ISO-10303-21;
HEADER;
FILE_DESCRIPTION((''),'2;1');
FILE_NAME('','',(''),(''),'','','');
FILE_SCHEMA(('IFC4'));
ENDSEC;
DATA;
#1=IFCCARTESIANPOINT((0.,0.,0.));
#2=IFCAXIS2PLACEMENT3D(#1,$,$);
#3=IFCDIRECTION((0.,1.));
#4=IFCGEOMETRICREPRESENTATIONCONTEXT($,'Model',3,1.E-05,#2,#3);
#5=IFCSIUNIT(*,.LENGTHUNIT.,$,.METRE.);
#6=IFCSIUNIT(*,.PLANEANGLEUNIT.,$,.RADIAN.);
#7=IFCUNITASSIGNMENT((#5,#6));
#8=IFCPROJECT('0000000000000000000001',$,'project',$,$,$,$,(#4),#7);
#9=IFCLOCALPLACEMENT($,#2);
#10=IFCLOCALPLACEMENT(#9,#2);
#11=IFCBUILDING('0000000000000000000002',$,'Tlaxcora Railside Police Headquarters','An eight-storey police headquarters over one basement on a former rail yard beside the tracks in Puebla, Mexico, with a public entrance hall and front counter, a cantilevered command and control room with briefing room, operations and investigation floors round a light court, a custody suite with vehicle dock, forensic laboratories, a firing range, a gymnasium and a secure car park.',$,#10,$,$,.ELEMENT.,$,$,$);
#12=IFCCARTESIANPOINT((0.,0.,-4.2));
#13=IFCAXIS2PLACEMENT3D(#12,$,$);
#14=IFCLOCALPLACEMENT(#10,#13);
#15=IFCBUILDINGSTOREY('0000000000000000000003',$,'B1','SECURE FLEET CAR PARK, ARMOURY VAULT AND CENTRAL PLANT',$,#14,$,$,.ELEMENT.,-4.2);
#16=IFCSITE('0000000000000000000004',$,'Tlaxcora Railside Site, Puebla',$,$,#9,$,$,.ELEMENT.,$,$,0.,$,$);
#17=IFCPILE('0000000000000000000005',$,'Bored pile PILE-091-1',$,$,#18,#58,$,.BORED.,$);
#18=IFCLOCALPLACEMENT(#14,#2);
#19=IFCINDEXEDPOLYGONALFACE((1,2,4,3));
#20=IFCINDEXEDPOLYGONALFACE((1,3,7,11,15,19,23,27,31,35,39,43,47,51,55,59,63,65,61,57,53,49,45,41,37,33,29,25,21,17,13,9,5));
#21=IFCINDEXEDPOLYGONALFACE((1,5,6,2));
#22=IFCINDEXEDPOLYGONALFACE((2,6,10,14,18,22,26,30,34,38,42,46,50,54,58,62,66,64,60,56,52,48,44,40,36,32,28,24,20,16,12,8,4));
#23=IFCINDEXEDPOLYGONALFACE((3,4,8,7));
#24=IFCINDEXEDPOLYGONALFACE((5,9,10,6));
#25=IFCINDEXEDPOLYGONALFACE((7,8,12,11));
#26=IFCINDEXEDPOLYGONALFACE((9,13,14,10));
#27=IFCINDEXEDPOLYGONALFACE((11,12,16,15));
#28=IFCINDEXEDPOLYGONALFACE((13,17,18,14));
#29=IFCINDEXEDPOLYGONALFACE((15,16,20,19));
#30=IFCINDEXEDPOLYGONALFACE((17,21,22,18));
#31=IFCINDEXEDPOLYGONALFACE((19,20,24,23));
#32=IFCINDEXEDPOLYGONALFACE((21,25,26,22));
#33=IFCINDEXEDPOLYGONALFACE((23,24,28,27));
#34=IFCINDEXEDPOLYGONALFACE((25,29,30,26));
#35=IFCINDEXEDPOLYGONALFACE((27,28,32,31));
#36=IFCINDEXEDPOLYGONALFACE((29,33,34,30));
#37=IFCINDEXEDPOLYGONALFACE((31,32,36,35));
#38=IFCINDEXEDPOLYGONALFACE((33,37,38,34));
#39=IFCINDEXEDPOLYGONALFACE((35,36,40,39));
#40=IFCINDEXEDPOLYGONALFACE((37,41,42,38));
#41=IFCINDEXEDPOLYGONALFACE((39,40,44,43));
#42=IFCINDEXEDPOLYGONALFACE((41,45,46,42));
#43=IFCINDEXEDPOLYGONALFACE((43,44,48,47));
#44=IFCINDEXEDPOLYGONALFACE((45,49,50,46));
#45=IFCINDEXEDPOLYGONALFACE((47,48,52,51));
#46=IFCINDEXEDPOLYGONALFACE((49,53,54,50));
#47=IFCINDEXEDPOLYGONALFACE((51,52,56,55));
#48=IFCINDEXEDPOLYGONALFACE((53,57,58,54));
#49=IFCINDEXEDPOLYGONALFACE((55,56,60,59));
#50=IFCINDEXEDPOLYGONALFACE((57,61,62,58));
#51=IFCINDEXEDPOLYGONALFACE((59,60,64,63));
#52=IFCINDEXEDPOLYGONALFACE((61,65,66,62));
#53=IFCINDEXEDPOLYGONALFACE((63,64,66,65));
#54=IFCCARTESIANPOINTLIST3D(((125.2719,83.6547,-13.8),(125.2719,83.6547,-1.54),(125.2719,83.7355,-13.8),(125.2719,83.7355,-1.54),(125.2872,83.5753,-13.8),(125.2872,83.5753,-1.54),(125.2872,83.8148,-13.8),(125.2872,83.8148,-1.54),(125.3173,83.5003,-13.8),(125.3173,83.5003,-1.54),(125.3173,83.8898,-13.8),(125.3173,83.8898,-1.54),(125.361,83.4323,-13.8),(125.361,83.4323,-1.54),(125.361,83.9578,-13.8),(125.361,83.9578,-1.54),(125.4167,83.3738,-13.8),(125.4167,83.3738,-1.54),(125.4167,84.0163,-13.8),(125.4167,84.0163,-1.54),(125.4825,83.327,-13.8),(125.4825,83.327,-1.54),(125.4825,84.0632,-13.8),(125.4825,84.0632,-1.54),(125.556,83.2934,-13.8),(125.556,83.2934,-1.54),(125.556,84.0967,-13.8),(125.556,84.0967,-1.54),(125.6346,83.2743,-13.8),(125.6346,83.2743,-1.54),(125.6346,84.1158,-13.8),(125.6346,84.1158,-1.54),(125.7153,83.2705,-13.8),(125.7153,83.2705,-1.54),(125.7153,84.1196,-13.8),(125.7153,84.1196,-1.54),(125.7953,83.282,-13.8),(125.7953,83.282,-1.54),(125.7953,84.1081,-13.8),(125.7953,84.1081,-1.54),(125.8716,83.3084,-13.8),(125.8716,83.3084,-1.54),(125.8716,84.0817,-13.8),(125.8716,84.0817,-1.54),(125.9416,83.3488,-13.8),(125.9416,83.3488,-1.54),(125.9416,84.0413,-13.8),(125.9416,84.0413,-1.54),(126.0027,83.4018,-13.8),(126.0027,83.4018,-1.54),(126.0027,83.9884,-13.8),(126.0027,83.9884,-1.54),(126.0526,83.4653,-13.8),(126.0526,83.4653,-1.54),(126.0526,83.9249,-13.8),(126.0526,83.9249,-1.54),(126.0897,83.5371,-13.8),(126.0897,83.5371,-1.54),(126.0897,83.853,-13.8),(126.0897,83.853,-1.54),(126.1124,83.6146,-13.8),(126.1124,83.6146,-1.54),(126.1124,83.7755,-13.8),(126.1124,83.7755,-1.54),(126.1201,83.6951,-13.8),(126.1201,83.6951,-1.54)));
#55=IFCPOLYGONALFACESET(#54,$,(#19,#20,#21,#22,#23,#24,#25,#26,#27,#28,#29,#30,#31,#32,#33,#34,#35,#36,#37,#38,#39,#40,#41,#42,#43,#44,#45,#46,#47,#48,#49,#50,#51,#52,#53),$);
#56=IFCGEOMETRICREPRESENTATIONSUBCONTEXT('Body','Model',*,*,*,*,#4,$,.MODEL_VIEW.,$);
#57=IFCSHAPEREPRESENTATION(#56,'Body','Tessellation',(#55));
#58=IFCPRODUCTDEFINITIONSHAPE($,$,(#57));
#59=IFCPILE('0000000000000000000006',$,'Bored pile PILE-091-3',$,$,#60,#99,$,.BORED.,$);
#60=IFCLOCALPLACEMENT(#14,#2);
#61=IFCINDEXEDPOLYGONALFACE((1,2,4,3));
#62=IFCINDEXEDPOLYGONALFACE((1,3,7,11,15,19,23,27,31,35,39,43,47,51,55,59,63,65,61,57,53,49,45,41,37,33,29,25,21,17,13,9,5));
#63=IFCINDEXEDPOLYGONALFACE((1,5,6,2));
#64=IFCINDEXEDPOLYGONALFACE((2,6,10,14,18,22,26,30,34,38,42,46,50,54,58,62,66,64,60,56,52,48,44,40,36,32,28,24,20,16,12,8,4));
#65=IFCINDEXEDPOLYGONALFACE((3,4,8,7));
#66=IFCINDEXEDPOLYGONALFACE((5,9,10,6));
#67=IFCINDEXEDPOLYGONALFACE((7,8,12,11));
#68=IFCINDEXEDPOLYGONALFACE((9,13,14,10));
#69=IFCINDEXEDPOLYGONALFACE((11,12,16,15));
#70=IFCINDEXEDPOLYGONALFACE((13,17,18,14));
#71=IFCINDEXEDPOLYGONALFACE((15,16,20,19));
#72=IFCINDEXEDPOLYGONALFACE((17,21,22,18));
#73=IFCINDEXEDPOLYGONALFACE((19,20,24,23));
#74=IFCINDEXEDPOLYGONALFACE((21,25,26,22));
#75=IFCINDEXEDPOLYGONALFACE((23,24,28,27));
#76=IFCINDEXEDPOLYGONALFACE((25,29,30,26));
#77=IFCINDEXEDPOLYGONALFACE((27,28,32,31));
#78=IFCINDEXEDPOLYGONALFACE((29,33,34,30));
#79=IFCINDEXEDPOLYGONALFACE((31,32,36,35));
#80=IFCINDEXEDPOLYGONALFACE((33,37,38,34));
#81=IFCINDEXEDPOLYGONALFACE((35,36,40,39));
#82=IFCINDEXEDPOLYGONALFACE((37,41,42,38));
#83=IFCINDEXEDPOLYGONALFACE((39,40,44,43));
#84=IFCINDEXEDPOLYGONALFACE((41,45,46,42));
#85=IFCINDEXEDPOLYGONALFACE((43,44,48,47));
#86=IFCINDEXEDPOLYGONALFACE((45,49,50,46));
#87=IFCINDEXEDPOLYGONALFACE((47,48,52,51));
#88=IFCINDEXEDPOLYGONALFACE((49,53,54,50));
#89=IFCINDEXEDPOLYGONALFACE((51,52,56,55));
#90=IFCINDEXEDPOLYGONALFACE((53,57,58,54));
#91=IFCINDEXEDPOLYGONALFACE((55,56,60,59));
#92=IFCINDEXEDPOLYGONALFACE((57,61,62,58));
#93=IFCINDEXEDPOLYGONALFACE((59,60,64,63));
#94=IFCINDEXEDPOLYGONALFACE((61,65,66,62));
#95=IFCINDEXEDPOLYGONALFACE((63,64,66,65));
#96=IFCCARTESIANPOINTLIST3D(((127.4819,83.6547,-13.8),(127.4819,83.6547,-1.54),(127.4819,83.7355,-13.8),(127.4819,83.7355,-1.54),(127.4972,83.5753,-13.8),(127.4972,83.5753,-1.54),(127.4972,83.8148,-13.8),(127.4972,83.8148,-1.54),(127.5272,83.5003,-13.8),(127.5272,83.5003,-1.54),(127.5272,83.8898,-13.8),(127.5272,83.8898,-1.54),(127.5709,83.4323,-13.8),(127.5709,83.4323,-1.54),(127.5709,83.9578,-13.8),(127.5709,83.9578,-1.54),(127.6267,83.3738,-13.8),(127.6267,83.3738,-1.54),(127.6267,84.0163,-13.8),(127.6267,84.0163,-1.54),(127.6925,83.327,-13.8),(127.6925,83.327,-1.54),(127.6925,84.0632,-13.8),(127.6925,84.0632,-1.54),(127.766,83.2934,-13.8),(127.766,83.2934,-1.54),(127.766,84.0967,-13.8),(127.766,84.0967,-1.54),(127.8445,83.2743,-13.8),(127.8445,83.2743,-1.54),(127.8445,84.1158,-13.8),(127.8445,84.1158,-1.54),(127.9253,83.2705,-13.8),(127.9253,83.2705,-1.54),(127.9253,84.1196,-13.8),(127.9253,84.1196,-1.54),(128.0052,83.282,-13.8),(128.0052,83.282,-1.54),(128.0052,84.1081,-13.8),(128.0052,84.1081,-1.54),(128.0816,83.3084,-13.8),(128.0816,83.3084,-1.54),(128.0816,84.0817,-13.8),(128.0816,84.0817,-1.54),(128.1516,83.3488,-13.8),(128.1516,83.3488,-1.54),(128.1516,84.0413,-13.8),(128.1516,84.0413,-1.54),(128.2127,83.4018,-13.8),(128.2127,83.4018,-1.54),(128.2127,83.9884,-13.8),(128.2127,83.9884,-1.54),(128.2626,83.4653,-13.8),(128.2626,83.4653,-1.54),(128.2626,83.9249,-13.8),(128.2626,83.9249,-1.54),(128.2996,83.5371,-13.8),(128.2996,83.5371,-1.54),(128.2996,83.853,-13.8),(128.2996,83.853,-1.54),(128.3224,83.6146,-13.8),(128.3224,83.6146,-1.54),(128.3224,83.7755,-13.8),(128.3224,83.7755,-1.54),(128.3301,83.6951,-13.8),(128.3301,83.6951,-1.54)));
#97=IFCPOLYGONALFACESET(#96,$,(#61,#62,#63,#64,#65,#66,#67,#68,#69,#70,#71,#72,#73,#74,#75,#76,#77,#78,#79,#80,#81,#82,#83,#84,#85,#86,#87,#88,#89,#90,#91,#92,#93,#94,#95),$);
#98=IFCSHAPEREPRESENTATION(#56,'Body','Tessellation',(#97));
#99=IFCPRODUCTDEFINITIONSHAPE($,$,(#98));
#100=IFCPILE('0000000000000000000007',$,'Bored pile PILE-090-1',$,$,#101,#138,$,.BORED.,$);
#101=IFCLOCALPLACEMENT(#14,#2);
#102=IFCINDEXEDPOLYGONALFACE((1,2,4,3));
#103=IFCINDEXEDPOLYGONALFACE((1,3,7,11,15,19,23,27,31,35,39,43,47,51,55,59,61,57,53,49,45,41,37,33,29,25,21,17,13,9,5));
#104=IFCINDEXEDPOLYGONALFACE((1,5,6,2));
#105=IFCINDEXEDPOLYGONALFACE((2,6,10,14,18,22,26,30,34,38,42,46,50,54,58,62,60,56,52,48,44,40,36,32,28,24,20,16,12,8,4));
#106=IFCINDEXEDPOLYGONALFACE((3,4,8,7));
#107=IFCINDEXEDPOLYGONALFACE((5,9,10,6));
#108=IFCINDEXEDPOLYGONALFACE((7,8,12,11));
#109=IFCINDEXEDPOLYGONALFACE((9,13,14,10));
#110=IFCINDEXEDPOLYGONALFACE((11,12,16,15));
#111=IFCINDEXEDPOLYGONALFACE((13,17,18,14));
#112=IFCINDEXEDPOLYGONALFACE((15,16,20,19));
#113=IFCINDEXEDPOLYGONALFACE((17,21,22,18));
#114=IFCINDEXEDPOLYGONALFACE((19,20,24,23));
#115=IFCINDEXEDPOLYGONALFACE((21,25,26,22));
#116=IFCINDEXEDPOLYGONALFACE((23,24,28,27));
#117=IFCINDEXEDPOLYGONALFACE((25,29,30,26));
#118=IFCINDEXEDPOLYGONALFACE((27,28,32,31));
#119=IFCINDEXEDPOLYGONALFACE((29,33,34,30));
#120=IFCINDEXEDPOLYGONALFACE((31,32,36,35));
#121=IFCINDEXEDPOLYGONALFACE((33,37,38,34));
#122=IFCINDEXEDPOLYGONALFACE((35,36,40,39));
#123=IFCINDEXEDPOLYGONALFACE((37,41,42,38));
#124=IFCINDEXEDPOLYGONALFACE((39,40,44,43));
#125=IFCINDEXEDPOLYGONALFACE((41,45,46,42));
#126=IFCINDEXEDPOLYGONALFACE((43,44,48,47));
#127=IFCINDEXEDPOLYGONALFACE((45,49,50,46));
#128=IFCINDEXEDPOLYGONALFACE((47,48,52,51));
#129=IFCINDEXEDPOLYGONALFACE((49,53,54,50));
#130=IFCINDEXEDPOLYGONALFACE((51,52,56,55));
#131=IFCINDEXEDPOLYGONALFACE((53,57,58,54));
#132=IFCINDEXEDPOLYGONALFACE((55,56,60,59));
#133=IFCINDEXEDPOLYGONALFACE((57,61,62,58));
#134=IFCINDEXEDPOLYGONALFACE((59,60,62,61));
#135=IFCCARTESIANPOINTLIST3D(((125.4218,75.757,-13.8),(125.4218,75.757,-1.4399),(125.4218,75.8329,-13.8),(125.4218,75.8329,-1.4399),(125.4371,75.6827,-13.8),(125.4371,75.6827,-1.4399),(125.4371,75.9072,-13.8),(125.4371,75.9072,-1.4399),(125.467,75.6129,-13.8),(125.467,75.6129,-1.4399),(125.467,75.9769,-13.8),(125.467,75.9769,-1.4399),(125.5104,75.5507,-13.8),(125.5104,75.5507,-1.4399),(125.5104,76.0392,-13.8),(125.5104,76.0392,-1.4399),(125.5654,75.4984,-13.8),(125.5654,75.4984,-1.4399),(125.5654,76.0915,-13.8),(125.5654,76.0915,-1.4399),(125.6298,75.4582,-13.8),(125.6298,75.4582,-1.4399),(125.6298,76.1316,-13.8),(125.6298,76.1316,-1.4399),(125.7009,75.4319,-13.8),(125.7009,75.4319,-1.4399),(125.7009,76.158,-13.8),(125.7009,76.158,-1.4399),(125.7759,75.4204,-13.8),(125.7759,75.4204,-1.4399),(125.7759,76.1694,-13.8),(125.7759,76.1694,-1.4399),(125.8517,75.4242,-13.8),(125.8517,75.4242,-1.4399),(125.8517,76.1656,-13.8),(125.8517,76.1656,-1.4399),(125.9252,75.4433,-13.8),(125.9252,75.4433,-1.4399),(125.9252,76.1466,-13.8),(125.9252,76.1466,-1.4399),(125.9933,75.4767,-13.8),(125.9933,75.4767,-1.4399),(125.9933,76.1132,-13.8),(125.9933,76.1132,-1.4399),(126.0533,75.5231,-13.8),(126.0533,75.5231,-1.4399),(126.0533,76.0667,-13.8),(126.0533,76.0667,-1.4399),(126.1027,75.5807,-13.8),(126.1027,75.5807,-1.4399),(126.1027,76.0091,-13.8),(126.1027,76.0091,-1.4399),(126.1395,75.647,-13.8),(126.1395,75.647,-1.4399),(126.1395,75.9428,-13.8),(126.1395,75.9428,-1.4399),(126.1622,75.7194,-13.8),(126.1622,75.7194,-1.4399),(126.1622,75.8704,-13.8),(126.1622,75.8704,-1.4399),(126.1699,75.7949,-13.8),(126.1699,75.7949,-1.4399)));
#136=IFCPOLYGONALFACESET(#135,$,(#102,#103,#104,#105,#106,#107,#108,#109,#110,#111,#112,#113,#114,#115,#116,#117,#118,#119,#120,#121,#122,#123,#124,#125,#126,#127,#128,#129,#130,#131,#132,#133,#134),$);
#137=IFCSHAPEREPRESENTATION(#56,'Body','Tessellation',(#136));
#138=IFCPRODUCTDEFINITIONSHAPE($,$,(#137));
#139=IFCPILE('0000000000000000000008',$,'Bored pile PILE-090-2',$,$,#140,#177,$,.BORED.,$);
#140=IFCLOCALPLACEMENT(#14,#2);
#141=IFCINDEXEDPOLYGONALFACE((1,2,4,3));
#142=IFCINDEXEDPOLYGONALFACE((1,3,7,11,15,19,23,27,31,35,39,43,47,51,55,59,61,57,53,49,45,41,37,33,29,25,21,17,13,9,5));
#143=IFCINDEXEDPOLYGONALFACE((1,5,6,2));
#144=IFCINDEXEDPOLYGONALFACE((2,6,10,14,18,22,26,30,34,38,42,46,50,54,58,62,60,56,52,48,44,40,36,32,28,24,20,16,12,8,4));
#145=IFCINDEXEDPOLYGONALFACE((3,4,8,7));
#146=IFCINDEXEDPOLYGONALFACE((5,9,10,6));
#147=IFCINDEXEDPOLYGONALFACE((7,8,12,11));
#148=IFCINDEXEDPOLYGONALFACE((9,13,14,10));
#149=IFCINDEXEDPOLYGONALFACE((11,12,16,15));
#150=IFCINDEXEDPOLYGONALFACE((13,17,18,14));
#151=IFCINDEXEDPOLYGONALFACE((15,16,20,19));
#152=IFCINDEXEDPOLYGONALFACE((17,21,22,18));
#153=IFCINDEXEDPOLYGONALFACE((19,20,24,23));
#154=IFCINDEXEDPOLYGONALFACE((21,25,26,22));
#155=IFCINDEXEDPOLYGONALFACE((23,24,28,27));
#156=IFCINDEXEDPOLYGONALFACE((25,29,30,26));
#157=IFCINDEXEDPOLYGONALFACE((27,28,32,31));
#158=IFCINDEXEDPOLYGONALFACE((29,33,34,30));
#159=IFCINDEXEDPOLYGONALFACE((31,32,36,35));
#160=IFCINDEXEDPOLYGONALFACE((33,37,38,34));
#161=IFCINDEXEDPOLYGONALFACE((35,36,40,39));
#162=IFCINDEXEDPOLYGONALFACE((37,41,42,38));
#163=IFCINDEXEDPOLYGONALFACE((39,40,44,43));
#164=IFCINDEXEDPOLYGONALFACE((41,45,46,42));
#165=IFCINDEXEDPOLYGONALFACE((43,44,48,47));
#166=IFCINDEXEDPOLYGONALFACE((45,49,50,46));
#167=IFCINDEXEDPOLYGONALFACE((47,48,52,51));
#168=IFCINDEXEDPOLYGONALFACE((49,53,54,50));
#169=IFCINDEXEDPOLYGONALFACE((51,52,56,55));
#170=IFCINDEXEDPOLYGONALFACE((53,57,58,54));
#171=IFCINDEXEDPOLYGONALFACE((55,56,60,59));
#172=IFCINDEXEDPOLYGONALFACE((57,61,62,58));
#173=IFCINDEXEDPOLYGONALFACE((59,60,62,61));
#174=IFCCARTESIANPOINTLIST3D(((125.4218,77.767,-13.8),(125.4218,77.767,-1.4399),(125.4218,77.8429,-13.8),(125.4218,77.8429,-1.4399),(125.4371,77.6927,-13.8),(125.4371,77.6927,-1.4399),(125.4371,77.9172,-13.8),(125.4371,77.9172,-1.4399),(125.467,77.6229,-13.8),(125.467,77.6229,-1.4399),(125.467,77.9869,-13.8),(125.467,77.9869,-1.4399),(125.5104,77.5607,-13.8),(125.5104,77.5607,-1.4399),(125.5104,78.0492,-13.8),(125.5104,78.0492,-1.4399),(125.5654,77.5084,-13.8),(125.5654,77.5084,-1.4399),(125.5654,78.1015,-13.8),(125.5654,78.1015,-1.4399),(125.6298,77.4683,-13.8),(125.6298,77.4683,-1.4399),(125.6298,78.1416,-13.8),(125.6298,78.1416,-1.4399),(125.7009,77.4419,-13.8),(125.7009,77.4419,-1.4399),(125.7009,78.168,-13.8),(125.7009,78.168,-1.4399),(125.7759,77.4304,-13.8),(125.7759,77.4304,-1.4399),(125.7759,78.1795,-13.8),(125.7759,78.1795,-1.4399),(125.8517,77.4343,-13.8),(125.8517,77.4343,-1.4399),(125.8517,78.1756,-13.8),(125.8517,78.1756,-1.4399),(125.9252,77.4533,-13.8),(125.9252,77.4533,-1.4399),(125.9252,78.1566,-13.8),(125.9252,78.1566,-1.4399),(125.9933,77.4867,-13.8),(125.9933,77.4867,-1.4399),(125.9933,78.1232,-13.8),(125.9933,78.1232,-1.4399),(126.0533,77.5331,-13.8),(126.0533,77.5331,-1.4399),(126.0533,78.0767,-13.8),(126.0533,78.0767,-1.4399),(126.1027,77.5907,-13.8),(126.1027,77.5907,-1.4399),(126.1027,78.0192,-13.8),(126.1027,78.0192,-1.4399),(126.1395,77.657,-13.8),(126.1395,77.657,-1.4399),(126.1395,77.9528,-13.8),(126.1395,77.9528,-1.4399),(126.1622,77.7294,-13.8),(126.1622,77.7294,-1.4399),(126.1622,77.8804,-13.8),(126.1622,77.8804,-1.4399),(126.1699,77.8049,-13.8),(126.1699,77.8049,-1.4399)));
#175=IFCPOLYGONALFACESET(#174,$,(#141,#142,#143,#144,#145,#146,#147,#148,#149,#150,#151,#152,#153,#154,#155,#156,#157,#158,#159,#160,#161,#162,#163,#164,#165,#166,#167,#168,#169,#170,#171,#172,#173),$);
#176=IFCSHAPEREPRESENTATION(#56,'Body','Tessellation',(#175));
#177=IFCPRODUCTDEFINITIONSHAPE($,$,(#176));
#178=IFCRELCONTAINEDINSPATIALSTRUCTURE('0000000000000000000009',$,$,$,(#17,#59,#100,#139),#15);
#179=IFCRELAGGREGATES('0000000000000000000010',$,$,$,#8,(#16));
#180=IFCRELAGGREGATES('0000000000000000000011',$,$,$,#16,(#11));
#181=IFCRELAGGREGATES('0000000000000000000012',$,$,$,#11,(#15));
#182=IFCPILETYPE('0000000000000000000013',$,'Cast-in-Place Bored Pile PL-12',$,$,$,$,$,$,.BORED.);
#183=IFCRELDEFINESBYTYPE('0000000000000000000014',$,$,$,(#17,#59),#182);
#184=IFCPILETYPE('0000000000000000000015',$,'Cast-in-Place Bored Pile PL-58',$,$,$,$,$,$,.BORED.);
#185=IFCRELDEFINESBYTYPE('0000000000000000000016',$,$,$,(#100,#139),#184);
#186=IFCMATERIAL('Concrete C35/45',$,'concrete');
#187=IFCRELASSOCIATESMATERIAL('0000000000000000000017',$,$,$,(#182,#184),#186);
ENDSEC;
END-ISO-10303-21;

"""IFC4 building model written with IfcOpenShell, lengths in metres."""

from ifc_helpers import new_model, si_unit, direction, frame, origin, origin_2d, place, context, subcontext, project, spatial, circle, extrude, material, material_profile, profile_set, type_object, element, save


model = new_model("IFC4")

# Units and contexts
model_context = context("Model", 3, precision=1e-05, world=origin(), true_north=direction((0.0, 1.0)))
body_context = subcontext(model_context, "Body", "Model", "MODEL_VIEW")
ifc_project = project(units=[si_unit("LENGTHUNIT", "METRE"), si_unit("PLANEANGLEUNIT", "RADIAN")], contexts=[model_context])

# Site, building, storey
site_placement = place(None, origin())
site = spatial("IfcSite", under=ifc_project, at=site_placement, Name="Tlaxcora Railside Site, Puebla", CompositionType="ELEMENT", RefElevation=0.0)
building_placement = place(site_placement, origin())
building = spatial("IfcBuilding", under=site, at=building_placement, Name="Tlaxcora Railside Police Headquarters", Description="An eight-storey police headquarters over one basement on a former rail yard beside the tracks in Puebla, Mexico, with a public entrance hall and front counter, a cantilevered command and control room with briefing room, operations and investigation floors round a light court, a custody suite with vehicle dock, forensic laboratories, a firing range, a gymnasium and a secure car park.", CompositionType="ELEMENT")
storey_placement = place(building_placement, frame((0.0, 0.0, -4.2)))
storey = spatial("IfcBuildingStorey", under=building, at=storey_placement, Name="B1", Description="SECURE FLEET CAR PARK, ARMOURY VAULT AND CENTRAL PLANT", CompositionType="ELEMENT", Elevation=-4.2)

# Piles
ifc_material_1 = material(Name="Concrete C35/45", Category="concrete")
ifc_material_profile_1 = material_profile(ifc_material_1, circle(Radius=0.425, at=origin_2d()), Name="PILE850")
ifc_profile_set_1 = profile_set([ifc_material_profile_1], Name="Concrete C35/45")
pile_type_1 = type_object("IfcPileType", Name="Cast-in-Place Bored Pile PL-12", PredefinedType="BORED", material=ifc_profile_set_1)
for number, where, z_axis, x_axis, name in (
    (1, (125.6951, 83.6951, -1.54), (0.0, 0.0, -1.0), (1.0, 0.0, 0.0), "Bored pile PILE-091-1"),
    (2, (127.905, 83.6951, -1.54), (0.0, 0.0, -1.0), (1.0, 0.0, 0.0), "Bored pile PILE-091-3"),
):
    element("IfcPile", number, at=place(storey_placement, frame(where, z_axis=z_axis, x_axis=x_axis)), inside=storey, type_object=pile_type_1, Name=name, PredefinedType="BORED", context=body_context, shape_type="SweptSolid", body=[
        extrude(circle(Radius=0.425, at=origin_2d()), origin(), (0.0, 0.0, 1.0), 12.26),
    ])
ifc_material_profile_2 = material_profile(ifc_material_1, circle(Radius=0.375, at=origin_2d()), Name="PILE750")
ifc_profile_set_2 = profile_set([ifc_material_profile_2], Name="Concrete C35/45")
pile_type_2 = type_object("IfcPileType", Name="Cast-in-Place Bored Pile PL-58", PredefinedType="BORED", material=ifc_profile_set_2)
for number, where, z_axis, x_axis, name in (
    (3, (125.7949, 75.7949, -1.4399), (0.0, 0.0, -1.0), (1.0, 0.0, 0.0), "Bored pile PILE-090-1"),
    (4, (125.7949, 77.8049, -1.4399), (0.0, 0.0, -1.0), (1.0, 0.0, 0.0), "Bored pile PILE-090-2"),
):
    element("IfcPile", number, at=place(storey_placement, frame(where, z_axis=z_axis, x_axis=x_axis)), inside=storey, type_object=pile_type_2, Name=name, PredefinedType="BORED", context=body_context, shape_type="SweptSolid", body=[
        extrude(circle(Radius=0.375, at=origin_2d()), origin(), (0.0, 0.0, 1.0), 12.3601),
    ])

save(model, "model.ifc")
